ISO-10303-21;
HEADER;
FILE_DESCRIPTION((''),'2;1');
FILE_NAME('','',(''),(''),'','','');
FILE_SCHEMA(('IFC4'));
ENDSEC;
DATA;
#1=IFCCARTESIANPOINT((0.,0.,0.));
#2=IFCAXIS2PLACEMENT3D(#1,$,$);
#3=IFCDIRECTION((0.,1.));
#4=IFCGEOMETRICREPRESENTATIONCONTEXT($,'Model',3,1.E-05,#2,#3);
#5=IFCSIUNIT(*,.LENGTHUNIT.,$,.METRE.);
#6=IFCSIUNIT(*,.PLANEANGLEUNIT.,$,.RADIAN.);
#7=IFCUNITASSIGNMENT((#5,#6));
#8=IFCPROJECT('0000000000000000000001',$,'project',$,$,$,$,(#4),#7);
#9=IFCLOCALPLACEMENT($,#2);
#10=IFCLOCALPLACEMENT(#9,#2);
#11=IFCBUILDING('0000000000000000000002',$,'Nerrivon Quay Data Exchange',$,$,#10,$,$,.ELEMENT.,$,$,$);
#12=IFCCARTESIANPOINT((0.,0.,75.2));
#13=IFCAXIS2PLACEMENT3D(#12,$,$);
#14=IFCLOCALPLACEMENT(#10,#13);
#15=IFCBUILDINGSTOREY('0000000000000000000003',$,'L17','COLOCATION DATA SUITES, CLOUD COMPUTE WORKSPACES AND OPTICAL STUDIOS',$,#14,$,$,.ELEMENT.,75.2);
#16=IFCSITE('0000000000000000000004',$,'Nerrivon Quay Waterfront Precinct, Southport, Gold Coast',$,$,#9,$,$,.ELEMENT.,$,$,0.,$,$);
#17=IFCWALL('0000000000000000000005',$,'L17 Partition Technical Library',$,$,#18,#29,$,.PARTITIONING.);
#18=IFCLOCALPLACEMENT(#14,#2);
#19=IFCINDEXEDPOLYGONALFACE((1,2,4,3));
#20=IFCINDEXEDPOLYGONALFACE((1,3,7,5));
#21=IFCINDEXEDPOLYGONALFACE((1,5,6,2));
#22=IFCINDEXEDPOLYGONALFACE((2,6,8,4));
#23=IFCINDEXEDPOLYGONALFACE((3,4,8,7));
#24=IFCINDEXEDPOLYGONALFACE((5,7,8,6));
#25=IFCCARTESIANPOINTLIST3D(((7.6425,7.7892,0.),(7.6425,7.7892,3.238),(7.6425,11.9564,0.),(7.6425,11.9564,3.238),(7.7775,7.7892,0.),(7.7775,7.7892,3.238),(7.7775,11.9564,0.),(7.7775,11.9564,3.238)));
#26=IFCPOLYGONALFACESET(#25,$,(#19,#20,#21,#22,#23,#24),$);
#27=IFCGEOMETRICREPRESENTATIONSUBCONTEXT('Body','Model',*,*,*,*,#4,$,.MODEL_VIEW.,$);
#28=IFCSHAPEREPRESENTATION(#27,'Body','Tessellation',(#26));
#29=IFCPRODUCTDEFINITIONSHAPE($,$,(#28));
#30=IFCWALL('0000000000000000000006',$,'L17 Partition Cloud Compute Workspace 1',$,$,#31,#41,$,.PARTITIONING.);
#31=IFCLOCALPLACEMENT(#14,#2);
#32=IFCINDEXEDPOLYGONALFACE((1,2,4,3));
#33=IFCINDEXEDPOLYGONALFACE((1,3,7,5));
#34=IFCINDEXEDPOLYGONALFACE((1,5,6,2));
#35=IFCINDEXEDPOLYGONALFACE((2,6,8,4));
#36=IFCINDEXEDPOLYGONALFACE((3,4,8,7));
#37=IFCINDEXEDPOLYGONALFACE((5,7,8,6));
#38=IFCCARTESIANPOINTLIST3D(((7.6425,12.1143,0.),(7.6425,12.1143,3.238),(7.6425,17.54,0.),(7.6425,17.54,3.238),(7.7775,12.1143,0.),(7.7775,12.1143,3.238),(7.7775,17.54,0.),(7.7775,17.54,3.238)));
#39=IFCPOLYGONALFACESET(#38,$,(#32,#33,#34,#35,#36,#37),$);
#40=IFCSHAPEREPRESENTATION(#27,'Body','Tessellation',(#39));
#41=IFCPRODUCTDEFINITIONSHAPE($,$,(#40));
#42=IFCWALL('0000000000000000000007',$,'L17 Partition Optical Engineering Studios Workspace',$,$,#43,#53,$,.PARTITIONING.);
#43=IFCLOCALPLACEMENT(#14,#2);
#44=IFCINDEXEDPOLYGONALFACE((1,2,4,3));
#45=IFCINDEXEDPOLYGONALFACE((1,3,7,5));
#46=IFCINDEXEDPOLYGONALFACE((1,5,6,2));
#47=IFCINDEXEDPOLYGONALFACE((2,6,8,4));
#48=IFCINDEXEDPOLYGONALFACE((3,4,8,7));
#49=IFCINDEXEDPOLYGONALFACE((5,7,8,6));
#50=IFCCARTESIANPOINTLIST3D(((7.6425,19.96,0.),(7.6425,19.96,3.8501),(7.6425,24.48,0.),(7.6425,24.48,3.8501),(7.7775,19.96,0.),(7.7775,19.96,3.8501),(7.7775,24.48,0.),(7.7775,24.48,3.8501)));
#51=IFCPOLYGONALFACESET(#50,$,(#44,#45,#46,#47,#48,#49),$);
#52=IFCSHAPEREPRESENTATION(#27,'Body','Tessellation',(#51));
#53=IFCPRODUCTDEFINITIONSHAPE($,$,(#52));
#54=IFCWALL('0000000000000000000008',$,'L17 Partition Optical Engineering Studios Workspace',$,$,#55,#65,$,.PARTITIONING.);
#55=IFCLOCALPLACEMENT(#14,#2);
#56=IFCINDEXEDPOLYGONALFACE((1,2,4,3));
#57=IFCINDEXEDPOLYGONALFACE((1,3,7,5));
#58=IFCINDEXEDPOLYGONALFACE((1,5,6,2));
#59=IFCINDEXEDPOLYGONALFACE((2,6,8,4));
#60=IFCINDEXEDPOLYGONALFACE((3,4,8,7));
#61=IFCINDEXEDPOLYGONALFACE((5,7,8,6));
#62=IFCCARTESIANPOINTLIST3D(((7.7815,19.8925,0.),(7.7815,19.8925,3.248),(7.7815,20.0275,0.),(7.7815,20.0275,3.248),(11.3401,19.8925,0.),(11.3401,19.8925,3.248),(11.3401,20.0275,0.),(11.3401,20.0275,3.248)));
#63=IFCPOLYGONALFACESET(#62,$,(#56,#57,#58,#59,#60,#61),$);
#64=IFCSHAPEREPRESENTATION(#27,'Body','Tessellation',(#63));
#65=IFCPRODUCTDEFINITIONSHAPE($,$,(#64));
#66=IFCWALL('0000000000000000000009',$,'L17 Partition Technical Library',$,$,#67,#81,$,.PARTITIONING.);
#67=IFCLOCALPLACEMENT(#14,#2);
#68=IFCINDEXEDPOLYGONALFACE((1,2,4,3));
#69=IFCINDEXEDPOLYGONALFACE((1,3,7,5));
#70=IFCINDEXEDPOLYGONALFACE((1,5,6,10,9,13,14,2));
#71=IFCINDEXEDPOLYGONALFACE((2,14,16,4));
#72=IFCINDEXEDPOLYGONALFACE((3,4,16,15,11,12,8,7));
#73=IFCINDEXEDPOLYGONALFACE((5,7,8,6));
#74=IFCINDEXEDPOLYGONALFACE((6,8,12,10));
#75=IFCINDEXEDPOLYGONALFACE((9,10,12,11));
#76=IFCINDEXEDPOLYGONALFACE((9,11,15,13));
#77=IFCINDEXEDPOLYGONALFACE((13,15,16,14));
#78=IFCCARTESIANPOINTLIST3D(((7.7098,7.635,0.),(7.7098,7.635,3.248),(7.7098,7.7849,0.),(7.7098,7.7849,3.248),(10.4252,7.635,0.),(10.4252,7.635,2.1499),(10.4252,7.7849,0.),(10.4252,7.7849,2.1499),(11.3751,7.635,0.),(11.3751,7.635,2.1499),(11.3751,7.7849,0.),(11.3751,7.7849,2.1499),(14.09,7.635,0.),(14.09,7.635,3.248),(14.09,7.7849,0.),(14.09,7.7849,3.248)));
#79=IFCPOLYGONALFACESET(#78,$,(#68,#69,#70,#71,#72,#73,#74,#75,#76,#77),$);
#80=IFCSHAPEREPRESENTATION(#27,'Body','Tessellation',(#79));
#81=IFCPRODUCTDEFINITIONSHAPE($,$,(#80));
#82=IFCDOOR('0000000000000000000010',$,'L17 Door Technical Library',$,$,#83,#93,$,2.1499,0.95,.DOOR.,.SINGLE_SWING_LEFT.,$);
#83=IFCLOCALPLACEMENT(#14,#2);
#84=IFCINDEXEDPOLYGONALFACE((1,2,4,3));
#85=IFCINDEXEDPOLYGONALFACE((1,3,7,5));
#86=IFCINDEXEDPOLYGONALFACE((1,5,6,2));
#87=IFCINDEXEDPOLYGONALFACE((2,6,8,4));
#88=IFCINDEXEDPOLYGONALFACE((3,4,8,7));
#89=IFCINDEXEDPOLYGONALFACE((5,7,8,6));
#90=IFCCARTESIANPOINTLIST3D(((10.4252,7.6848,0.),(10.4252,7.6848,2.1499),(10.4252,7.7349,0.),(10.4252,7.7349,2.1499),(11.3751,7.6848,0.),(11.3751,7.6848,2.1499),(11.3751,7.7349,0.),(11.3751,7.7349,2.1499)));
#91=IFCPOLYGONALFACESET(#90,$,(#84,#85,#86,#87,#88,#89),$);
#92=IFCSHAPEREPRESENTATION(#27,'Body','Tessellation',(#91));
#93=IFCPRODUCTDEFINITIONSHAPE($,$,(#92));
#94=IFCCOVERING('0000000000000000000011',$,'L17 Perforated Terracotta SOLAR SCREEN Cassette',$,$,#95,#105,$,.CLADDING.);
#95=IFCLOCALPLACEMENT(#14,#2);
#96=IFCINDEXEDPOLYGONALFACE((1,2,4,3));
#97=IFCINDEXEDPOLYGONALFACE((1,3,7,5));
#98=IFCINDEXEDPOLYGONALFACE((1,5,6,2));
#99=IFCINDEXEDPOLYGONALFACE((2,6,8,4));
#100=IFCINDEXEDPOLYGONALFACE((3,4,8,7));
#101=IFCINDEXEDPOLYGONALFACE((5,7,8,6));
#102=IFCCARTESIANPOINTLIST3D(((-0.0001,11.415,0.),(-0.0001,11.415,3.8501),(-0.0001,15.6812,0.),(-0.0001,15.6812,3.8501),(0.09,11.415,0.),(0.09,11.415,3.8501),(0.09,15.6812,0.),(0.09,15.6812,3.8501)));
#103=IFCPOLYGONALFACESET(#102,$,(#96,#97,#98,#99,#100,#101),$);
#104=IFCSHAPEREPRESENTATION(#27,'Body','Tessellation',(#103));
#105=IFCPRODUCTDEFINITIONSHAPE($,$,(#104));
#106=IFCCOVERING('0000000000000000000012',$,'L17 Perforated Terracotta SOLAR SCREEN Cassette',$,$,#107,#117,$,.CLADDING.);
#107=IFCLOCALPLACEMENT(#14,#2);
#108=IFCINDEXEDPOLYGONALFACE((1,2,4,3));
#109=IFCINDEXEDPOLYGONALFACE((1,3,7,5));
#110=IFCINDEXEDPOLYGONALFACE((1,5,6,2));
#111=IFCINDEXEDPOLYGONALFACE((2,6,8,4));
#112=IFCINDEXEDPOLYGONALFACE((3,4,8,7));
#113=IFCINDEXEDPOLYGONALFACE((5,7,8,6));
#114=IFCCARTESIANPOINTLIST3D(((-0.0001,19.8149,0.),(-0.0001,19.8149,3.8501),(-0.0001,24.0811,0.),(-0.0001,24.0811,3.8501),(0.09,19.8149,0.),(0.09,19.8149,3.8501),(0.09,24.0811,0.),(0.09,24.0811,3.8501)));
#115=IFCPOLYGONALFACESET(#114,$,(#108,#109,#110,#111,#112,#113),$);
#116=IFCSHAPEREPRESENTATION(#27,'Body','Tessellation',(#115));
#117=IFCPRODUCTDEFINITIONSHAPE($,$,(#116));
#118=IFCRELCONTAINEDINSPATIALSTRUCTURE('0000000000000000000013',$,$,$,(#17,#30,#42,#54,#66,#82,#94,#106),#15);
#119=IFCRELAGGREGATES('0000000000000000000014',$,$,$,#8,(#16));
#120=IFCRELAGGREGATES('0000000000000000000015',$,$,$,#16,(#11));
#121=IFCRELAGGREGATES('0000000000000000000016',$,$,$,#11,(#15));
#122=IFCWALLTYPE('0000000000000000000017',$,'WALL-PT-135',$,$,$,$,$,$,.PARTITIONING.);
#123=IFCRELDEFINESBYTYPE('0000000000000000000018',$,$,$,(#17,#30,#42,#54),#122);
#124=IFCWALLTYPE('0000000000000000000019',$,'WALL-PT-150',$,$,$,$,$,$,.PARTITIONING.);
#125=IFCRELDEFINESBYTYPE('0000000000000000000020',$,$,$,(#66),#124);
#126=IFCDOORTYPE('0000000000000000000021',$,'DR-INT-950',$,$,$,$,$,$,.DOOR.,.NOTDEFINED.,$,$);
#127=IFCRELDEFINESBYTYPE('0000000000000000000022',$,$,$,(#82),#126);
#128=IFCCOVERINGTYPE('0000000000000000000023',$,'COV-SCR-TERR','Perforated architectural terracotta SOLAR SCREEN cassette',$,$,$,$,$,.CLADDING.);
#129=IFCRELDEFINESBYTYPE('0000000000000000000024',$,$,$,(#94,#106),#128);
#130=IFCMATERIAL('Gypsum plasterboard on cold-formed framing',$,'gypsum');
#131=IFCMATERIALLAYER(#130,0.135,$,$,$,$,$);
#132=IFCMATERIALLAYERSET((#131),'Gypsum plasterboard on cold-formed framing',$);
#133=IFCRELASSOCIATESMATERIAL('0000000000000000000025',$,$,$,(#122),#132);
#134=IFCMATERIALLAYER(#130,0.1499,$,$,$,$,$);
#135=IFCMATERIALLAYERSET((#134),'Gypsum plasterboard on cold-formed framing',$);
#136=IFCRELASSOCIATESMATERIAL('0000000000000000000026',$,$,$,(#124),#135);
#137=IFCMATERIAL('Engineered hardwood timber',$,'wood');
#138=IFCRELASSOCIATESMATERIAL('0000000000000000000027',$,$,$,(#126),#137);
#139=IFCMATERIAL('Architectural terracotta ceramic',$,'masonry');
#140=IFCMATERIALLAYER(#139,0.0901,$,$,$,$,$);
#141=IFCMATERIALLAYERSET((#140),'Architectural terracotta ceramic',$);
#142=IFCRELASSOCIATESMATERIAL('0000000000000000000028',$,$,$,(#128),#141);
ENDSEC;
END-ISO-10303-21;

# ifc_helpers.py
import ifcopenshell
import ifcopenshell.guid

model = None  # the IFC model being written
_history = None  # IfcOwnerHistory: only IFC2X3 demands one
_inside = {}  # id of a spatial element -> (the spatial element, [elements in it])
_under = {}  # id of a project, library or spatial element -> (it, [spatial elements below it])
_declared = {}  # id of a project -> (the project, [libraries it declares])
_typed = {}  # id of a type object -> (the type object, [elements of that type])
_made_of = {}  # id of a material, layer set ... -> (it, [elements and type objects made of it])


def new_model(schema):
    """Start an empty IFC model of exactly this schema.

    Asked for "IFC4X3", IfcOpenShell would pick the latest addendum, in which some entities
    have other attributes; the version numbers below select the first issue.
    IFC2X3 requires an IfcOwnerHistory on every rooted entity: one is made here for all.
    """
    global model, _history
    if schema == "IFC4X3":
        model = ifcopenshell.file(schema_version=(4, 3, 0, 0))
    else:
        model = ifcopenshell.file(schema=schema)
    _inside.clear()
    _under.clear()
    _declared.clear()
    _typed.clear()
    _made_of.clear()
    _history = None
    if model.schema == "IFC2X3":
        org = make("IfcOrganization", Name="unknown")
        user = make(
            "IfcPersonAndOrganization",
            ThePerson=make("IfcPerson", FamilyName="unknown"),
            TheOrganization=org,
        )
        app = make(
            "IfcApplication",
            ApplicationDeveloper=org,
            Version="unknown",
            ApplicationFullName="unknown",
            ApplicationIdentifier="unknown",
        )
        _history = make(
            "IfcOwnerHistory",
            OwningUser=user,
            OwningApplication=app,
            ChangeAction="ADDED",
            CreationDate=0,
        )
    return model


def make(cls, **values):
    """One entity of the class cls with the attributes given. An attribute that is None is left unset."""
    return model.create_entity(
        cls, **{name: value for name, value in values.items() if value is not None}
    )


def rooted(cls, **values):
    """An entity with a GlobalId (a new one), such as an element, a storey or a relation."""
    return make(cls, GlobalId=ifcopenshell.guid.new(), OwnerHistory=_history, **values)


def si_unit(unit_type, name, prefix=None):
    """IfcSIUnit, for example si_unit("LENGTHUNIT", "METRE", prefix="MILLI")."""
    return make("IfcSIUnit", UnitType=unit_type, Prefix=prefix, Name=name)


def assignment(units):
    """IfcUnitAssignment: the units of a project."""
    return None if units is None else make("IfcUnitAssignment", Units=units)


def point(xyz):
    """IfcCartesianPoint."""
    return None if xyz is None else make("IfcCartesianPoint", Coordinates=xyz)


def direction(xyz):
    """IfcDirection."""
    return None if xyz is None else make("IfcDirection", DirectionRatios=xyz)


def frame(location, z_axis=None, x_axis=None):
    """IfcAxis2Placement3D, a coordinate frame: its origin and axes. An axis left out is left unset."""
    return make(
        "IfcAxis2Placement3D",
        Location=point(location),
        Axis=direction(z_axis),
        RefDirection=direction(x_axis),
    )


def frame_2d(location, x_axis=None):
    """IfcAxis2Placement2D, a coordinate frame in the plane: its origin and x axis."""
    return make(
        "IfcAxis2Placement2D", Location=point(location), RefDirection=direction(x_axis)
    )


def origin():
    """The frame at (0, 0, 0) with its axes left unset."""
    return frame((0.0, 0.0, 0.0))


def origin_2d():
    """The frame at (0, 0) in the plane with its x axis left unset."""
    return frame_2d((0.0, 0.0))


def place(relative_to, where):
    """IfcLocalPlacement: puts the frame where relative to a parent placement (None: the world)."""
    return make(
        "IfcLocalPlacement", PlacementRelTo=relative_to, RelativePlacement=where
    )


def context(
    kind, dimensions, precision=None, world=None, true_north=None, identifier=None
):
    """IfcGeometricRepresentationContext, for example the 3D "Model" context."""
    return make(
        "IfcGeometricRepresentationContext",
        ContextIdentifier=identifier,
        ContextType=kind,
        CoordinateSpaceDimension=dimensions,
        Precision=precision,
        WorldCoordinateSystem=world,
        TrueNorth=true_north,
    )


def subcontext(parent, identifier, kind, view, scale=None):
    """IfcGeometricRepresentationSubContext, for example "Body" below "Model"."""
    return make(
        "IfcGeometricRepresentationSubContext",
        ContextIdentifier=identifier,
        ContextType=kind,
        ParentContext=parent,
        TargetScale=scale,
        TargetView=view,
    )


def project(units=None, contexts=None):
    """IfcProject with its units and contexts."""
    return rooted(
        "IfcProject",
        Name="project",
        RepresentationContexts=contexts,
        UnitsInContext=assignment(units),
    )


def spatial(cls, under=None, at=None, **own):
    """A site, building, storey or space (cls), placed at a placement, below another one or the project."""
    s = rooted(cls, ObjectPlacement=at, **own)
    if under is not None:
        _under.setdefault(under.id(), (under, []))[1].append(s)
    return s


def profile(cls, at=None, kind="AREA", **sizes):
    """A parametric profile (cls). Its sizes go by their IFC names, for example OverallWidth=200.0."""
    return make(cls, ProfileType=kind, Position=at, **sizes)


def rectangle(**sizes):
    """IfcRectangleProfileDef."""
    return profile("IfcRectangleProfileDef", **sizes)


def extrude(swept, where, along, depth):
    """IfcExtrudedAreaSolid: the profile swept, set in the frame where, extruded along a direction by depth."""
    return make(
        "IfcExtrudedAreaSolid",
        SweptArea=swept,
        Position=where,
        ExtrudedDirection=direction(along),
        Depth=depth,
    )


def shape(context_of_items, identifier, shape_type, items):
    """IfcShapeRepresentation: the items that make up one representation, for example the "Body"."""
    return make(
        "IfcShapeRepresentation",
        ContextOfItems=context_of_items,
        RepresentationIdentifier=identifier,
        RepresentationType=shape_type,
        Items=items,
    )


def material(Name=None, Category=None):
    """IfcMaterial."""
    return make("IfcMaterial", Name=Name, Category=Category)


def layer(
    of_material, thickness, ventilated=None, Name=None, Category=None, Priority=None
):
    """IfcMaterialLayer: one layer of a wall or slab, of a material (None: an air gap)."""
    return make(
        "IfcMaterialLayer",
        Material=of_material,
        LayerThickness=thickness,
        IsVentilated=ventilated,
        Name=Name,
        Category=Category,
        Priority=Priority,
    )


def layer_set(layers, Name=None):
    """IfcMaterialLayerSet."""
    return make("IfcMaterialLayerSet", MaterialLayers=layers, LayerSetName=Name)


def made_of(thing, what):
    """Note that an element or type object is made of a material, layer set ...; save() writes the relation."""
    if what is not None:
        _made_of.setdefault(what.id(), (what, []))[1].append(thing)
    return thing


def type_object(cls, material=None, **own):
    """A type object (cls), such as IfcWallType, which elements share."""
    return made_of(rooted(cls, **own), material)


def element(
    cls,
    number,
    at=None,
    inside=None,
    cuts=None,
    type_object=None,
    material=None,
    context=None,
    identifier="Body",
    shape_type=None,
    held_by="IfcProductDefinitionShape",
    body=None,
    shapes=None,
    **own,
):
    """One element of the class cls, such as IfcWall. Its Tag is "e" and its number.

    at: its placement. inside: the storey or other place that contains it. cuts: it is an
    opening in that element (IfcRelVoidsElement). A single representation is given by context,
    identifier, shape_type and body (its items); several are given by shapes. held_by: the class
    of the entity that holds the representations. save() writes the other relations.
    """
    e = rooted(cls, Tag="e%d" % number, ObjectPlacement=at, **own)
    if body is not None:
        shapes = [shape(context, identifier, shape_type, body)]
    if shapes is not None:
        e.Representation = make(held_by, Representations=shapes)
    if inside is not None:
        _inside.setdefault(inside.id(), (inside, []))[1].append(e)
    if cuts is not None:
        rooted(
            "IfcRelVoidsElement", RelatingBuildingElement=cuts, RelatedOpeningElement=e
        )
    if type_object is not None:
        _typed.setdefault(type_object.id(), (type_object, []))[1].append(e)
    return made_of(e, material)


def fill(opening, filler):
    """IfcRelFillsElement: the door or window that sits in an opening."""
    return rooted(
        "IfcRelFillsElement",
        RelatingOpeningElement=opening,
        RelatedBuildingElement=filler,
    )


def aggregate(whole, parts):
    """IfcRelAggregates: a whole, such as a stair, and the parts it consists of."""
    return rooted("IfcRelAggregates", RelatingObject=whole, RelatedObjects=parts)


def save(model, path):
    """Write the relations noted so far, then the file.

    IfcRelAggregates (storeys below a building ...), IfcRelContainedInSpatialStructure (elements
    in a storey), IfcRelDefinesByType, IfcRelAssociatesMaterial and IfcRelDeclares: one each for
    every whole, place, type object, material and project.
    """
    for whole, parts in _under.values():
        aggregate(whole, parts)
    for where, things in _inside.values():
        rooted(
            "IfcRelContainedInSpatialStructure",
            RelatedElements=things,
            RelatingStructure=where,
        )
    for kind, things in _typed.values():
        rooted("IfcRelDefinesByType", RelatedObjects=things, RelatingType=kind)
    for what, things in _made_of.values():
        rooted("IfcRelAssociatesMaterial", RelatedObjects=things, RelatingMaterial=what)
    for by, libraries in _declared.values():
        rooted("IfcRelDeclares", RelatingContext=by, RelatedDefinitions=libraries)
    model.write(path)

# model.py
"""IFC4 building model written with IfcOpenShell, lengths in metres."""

from ifc_helpers import new_model, si_unit, direction, frame, frame_2d, origin, origin_2d, place, context, subcontext, project, spatial, rectangle, extrude, material, layer, layer_set, type_object, element, fill, save


model = new_model("IFC4")

# Units and contexts
model_context = context("Model", 3, precision=1e-05, world=origin(), true_north=direction((0.0, 1.0)))
body_context = subcontext(model_context, "Body", "Model", "MODEL_VIEW")
ifc_project = project(units=[si_unit("LENGTHUNIT", "METRE"), si_unit("PLANEANGLEUNIT", "RADIAN")], contexts=[model_context])

# Site, building, storey
site_placement = place(None, origin())
site = spatial("IfcSite", under=ifc_project, at=site_placement, Name="Nerrivon Quay Waterfront Precinct, Southport, Gold Coast", CompositionType="ELEMENT", RefElevation=0.0)
building_placement = place(site_placement, origin())
building = spatial("IfcBuilding", under=site, at=building_placement, Name="Nerrivon Quay Data Exchange", CompositionType="ELEMENT")
storey_placement = place(building_placement, frame((0.0, 0.0, 75.2)))
storey = spatial("IfcBuildingStorey", under=building, at=storey_placement, Name="L17", Description="COLOCATION DATA SUITES, CLOUD COMPUTE WORKSPACES AND OPTICAL STUDIOS", CompositionType="ELEMENT", Elevation=75.2)

# Walls
ifc_material_1 = material(Name="Gypsum plasterboard on cold-formed framing", Category="gypsum")
ifc_layer_1 = layer(ifc_material_1, 0.135)
ifc_layer_set_1 = layer_set([ifc_layer_1], Name="Gypsum plasterboard on cold-formed framing")
wall_type_1 = type_object("IfcWallType", Name="WALL-PT-135", PredefinedType="PARTITIONING", material=ifc_layer_set_1)
wall_1_placement = place(storey_placement, frame((7.71, 11.9563, 0.0), z_axis=(0.0, 0.0, 1.0), x_axis=(0.0, -1.0, 0.0)))
element("IfcWall", 1, at=wall_1_placement, inside=storey, type_object=wall_type_1, Name="L17 Partition Technical Library", PredefinedType="PARTITIONING", context=body_context, shape_type="SweptSolid", body=[
    extrude(rectangle(XDim=4.1672, YDim=0.135, at=frame_2d((2.0835, 0.0))), origin(), (0.0, 0.0, 1.0), 3.238),
])
wall_2_placement = place(storey_placement, frame((7.71, 17.54, 0.0), z_axis=(0.0, 0.0, 1.0), x_axis=(0.0, -1.0, 0.0)))
element("IfcWall", 2, at=wall_2_placement, inside=storey, type_object=wall_type_1, Name="L17 Partition Cloud Compute Workspace 1", PredefinedType="PARTITIONING", context=body_context, shape_type="SweptSolid", body=[
    extrude(rectangle(XDim=5.4258, YDim=0.135, at=frame_2d((2.7129, 0.0))), origin(), (0.0, 0.0, 1.0), 3.238),
])
wall_3_placement = place(storey_placement, frame((7.71, 24.48, 0.0), z_axis=(0.0, 0.0, 1.0), x_axis=(0.0, -1.0, 0.0)))
element("IfcWall", 3, at=wall_3_placement, inside=storey, type_object=wall_type_1, Name="L17 Partition Optical Engineering Studios Workspace", PredefinedType="PARTITIONING", context=body_context, shape_type="SweptSolid", body=[
    extrude(rectangle(XDim=4.52, YDim=0.135, at=frame_2d((2.26, 0.0))), origin(), (0.0, 0.0, 1.0), 3.8501),
])
wall_4_placement = place(storey_placement, frame((7.7815, 19.96, 0.0), z_axis=(0.0, 0.0, 1.0), x_axis=(1.0, 0.0, 0.0)))
element("IfcWall", 4, at=wall_4_placement, inside=storey, type_object=wall_type_1, Name="L17 Partition Optical Engineering Studios Workspace", PredefinedType="PARTITIONING", context=body_context, shape_type="SweptSolid", body=[
    extrude(rectangle(XDim=3.5586, YDim=0.135, at=frame_2d((1.7793, 0.0))), origin(), (0.0, 0.0, 1.0), 3.248),
])

# Wall, opening, door
ifc_layer_2 = layer(ifc_material_1, 0.1499)
ifc_layer_set_2 = layer_set([ifc_layer_2], Name="Gypsum plasterboard on cold-formed framing")
wall_type_2 = type_object("IfcWallType", Name="WALL-PT-150", PredefinedType="PARTITIONING", material=ifc_layer_set_2)
wall_5_placement = place(storey_placement, frame((7.71, 7.71, 0.0), z_axis=(0.0, 0.0, 1.0), x_axis=(1.0, 0.0, 0.0)))
wall_5 = element("IfcWall", 5, at=wall_5_placement, inside=storey, type_object=wall_type_2, Name="L17 Partition Technical Library", PredefinedType="PARTITIONING", context=body_context, shape_type="SweptSolid", body=[
    extrude(rectangle(XDim=6.3801, YDim=0.1499, at=frame_2d((3.1899, 0.0))), origin(), (0.0, 0.0, 1.0), 3.248),
])
opening_placement = place(wall_5_placement, frame((2.7151, 0.0, 0.0)))
opening = element("IfcOpeningElement", 6, at=opening_placement, cuts=wall_5, PredefinedType="OPENING", context=body_context, shape_type="SweptSolid", body=[
    extrude(rectangle(XDim=0.95, YDim=2.1499, at=frame_2d((0.4751, 1.075))), frame((0.0, 0.085, 0.0), z_axis=(0.0, -1.0, 0.0), x_axis=(1.0, 0.0, 0.0)), (0.0, 0.0, 1.0), 0.1699),
])
ifc_material_2 = material(Name="Engineered hardwood timber", Category="wood")
door_type = type_object("IfcDoorType", Name="DR-INT-950", OperationType="NOTDEFINED", PredefinedType="DOOR", material=ifc_material_2)
door_placement = place(opening_placement, origin())
door = element("IfcDoor", 7, at=door_placement, inside=storey, type_object=door_type, Name="L17 Door Technical Library", OperationType="SINGLE_SWING_LEFT", OverallHeight=2.1499, OverallWidth=0.95, PredefinedType="DOOR", context=body_context, shape_type="SweptSolid", body=[
    extrude(rectangle(XDim=0.95, YDim=2.1499, at=frame_2d((0.4751, 1.075))), frame((0.0, 0.0249, 0.0), z_axis=(0.0, -1.0, 0.0), x_axis=(1.0, 0.0, 0.0)), (0.0, 0.0, 1.0), 0.05),
])
fill(opening, door)

# Coverings
ifc_material_3 = material(Name="Architectural terracotta ceramic", Category="masonry")
ifc_layer_3 = layer(ifc_material_3, 0.0901)
ifc_layer_set_3 = layer_set([ifc_layer_3], Name="Architectural terracotta ceramic")
covering_type = type_object("IfcCoveringType", Name="COV-SCR-TERR", Description="Perforated architectural terracotta SOLAR SCREEN cassette", PredefinedType="CLADDING", material=ifc_layer_set_3)
for number, where, z_axis, x_axis, name in (
    (8, (0.0449, 13.5481, 0.0), (0.0, 0.0, 1.0), (0.0, 1.0, 0.0), "L17 Perforated Terracotta SOLAR SCREEN Cassette"),
    (9, (0.0449, 21.948, 0.0), (0.0, 0.0, 1.0), (0.0, 1.0, 0.0), "L17 Perforated Terracotta SOLAR SCREEN Cassette"),
):
    element("IfcCovering", number, at=place(storey_placement, frame(where, z_axis=z_axis, x_axis=x_axis)), inside=storey, type_object=covering_type, Name=name, PredefinedType="CLADDING", context=body_context, shape_type="SweptSolid", body=[
        extrude(rectangle(XDim=4.2661, YDim=0.0901, at=origin_2d()), origin(), (0.0, 0.0, 1.0), 3.8501),
    ])

save(model, "model.ifc")
